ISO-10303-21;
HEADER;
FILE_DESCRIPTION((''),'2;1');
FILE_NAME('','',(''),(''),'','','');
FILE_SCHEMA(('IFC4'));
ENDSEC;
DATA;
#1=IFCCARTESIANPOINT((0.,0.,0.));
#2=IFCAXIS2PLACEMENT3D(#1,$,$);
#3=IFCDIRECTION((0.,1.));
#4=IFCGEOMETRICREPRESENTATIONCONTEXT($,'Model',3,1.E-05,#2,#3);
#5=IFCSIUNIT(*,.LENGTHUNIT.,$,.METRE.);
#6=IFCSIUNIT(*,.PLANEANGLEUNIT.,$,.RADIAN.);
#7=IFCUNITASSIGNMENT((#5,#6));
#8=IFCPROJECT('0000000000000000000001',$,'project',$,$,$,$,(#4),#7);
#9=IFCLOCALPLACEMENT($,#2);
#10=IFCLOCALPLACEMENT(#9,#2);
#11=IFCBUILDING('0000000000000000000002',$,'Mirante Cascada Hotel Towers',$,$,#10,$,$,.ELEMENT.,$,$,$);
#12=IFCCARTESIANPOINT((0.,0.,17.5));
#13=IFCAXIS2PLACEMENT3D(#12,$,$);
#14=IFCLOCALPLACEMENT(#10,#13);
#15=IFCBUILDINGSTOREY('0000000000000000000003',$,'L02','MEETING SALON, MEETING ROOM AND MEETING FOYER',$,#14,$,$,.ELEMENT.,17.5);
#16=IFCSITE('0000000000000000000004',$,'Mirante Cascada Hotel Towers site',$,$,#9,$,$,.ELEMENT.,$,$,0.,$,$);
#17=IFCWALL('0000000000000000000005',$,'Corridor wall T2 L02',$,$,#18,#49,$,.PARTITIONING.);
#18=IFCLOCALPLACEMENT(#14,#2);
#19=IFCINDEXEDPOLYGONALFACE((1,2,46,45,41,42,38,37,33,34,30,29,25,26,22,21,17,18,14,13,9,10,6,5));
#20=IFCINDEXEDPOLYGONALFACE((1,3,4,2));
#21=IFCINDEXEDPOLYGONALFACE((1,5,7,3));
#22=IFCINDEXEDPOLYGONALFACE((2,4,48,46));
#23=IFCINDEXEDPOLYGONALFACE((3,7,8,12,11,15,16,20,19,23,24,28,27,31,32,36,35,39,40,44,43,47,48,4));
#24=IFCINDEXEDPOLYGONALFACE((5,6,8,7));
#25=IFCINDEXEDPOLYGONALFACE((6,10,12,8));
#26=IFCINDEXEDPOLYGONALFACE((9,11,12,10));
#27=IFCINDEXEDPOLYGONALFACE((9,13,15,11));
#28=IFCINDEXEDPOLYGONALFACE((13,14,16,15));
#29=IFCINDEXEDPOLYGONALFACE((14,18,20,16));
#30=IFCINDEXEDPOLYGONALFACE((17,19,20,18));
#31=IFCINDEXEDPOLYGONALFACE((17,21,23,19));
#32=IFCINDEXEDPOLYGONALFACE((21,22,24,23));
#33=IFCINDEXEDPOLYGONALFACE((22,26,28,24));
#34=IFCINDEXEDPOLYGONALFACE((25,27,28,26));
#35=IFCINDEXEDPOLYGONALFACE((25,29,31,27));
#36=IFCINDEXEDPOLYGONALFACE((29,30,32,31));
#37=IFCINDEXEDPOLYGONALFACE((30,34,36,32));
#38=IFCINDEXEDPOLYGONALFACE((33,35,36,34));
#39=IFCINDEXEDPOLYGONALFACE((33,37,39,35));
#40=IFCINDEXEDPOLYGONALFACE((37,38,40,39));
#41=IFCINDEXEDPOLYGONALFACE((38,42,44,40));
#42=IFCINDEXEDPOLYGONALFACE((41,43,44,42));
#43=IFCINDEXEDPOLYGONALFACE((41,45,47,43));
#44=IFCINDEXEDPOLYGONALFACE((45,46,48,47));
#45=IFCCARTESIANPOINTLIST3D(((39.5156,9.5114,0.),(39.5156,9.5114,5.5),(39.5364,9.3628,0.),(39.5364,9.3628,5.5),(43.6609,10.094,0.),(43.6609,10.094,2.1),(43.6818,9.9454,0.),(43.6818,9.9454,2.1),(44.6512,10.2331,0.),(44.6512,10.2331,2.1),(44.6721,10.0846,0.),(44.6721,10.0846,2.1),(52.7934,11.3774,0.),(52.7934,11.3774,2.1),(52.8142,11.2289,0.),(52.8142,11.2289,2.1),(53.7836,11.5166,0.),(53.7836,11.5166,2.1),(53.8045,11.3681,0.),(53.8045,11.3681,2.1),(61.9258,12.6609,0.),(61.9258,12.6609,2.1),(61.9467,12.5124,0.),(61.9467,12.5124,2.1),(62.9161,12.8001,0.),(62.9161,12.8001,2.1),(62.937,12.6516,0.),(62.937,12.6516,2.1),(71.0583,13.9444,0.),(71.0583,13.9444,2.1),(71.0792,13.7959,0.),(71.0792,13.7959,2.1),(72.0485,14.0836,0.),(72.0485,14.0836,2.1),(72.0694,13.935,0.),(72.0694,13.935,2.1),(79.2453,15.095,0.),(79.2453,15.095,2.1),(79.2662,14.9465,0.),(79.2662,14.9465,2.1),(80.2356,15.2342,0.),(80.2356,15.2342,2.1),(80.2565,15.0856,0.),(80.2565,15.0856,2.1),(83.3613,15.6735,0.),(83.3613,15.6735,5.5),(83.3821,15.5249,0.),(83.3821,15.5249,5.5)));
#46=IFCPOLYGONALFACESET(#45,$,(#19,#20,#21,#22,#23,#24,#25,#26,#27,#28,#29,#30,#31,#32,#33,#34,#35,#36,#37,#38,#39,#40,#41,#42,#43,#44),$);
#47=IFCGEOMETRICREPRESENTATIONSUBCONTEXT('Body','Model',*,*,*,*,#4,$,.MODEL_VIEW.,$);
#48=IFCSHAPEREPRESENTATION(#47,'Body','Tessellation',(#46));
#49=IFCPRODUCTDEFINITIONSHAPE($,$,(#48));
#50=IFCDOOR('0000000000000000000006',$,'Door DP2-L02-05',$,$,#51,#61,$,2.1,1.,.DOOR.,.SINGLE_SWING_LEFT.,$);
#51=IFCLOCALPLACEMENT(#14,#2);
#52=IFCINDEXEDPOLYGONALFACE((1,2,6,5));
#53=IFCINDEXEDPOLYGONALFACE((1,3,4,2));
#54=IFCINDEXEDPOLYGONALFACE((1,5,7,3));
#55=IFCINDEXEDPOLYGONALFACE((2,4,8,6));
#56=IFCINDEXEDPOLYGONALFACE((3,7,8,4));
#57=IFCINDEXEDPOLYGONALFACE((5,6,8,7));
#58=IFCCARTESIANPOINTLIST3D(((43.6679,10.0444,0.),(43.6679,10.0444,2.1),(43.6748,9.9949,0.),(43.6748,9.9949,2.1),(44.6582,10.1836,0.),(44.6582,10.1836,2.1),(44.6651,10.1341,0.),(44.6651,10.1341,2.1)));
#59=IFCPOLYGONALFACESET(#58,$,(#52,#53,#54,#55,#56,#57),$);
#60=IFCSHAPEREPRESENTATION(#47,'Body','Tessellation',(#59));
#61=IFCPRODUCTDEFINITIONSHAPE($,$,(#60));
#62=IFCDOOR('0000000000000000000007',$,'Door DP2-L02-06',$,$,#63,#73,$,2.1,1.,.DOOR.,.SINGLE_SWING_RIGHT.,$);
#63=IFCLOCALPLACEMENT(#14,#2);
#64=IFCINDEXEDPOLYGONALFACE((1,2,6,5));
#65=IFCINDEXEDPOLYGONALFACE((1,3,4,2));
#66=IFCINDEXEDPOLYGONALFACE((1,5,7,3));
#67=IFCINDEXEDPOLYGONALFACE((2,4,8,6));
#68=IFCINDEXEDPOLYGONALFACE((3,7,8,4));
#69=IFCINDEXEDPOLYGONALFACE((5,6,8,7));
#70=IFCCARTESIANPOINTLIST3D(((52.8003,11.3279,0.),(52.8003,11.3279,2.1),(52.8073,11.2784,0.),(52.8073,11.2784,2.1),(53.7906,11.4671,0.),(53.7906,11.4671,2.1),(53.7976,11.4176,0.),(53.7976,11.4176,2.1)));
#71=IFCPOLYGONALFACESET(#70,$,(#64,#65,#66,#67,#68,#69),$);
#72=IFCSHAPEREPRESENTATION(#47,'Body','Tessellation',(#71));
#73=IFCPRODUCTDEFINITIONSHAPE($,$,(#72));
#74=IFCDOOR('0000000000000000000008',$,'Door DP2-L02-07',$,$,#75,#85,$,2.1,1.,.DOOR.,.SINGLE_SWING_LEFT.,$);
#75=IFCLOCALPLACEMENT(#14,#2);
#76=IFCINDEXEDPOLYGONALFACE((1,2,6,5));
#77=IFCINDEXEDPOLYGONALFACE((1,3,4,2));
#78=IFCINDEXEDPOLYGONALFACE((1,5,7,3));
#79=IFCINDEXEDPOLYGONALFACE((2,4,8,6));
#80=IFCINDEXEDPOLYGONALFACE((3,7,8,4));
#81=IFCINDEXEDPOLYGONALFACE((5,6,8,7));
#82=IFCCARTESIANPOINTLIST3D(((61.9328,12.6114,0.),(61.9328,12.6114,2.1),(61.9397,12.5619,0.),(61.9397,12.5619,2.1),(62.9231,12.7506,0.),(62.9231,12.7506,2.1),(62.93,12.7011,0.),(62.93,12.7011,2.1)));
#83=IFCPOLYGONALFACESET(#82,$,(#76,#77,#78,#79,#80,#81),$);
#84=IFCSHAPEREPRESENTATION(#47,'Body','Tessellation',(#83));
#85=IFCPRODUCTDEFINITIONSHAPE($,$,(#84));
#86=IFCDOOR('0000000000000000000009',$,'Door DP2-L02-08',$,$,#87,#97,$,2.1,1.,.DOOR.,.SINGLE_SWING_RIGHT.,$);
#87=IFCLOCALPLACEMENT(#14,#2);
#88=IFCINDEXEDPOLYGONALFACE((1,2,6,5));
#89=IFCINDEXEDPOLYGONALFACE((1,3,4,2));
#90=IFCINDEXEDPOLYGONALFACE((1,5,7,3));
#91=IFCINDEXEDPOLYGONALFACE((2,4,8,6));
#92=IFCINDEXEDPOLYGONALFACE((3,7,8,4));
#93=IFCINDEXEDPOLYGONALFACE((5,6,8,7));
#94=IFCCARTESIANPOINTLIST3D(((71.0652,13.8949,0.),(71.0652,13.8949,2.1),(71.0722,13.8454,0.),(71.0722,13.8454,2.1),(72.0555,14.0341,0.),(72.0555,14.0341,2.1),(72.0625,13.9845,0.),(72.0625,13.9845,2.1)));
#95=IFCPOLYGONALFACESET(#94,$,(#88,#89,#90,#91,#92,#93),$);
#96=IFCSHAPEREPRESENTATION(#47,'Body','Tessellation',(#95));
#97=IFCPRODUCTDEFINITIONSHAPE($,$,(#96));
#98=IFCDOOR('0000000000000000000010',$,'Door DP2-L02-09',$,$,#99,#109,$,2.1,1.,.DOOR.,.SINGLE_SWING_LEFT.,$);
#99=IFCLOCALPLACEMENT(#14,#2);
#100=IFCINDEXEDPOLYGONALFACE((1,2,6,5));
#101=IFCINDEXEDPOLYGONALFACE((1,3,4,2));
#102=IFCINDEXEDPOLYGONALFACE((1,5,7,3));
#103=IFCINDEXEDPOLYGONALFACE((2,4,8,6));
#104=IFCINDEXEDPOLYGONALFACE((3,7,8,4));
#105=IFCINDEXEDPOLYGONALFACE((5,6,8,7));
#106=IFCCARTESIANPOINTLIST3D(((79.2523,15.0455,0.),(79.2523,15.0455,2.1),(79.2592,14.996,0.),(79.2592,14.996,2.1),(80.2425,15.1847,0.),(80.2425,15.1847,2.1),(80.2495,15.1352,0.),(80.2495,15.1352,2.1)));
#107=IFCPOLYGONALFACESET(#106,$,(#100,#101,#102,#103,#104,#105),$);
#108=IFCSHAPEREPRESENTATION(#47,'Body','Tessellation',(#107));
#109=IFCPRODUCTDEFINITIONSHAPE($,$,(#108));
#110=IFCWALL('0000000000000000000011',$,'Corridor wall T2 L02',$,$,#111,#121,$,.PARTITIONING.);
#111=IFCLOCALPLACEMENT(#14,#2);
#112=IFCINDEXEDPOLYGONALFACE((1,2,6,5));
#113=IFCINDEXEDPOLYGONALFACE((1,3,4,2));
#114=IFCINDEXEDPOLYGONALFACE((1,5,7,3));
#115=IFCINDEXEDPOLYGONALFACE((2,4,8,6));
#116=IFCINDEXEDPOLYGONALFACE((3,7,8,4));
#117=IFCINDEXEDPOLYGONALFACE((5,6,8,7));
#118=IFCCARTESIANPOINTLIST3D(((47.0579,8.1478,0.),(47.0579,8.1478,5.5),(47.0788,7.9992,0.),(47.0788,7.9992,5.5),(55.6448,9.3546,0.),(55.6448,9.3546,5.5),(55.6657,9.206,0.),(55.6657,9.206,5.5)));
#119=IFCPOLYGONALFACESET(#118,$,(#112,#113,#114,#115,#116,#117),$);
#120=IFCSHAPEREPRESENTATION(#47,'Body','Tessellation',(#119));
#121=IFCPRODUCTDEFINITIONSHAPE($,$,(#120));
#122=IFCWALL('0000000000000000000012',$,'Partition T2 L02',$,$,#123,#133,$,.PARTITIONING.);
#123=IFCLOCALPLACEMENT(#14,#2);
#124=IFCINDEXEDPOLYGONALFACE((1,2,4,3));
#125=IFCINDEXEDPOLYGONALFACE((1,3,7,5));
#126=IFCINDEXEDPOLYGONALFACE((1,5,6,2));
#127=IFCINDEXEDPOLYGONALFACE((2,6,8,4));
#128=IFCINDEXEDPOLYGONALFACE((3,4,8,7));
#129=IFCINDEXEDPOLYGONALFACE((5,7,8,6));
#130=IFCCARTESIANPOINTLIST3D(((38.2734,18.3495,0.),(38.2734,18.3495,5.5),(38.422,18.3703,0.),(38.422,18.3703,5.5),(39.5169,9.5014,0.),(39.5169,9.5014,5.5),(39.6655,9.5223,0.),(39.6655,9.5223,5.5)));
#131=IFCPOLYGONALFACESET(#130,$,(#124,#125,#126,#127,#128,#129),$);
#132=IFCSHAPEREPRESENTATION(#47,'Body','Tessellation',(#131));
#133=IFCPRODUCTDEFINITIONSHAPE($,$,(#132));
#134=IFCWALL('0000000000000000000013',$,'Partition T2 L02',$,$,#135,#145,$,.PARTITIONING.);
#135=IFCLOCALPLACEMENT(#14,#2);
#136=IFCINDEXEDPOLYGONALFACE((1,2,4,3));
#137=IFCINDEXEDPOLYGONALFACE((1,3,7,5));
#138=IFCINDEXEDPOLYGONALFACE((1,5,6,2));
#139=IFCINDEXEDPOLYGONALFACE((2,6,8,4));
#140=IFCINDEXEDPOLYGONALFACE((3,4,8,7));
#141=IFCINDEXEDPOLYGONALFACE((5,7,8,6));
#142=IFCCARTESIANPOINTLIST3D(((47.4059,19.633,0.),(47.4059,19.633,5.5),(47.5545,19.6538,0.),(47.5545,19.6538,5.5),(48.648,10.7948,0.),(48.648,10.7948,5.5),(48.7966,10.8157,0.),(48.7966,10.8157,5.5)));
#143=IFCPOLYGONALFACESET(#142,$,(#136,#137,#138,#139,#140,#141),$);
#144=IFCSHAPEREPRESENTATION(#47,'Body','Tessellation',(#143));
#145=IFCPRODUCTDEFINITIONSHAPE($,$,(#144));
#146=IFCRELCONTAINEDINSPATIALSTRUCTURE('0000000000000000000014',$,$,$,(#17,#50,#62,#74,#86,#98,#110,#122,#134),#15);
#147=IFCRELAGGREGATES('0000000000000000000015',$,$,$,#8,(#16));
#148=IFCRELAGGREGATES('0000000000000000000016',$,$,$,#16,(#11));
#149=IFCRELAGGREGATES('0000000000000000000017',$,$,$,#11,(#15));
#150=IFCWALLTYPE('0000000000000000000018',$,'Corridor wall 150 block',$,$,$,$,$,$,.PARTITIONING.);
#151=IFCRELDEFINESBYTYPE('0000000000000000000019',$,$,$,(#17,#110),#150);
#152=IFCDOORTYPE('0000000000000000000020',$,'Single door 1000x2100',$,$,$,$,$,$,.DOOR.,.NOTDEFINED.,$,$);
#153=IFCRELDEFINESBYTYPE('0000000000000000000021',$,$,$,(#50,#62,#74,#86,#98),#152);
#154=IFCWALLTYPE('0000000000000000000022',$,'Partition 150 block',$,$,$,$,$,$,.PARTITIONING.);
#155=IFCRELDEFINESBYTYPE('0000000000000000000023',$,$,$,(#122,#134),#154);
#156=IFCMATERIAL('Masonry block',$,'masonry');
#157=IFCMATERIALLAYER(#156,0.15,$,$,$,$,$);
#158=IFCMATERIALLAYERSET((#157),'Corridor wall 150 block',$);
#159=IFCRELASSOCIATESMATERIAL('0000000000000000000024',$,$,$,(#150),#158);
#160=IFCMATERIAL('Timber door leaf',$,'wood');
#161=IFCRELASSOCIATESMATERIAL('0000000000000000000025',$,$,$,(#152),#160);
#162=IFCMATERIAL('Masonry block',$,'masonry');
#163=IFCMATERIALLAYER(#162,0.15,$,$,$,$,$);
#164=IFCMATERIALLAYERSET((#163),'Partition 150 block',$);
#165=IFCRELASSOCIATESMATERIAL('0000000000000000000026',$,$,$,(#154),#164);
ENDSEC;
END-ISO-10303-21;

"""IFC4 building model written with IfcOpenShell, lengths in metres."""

from ifc_helpers import new_model, si_unit, direction, frame, frame_2d, origin, place, context, subcontext, project, spatial, rectangle, extrude, material, layer, layer_set, type_object, element, fill, save


model = new_model("IFC4")

# Units and contexts
model_context = context("Model", 3, precision=1e-05, world=origin(), true_north=direction((0.0, 1.0)))
body_context = subcontext(model_context, "Body", "Model", "MODEL_VIEW")
ifc_project = project(units=[si_unit("LENGTHUNIT", "METRE"), si_unit("PLANEANGLEUNIT", "RADIAN")], contexts=[model_context])

# Site, building, storey
site_placement = place(None, origin())
site = spatial("IfcSite", under=ifc_project, at=site_placement, Name="Mirante Cascada Hotel Towers site", CompositionType="ELEMENT", RefElevation=0.0)
building_placement = place(site_placement, origin())
building = spatial("IfcBuilding", under=site, at=building_placement, Name="Mirante Cascada Hotel Towers", CompositionType="ELEMENT")
storey_placement = place(building_placement, frame((0.0, 0.0, 17.5)))
storey = spatial("IfcBuildingStorey", under=building, at=storey_placement, Name="L02", Description="MEETING SALON, MEETING ROOM AND MEETING FOYER", CompositionType="ELEMENT", Elevation=17.5)

# Shared definitions
ifc_material_1 = material(Name="Masonry block", Category="masonry")
ifc_layer_1 = layer(ifc_material_1, 0.15)
ifc_layer_set_1 = layer_set([ifc_layer_1], Name="Corridor wall 150 block")
wall_type_1 = type_object("IfcWallType", Name="Corridor wall 150 block", PredefinedType="PARTITIONING", material=ifc_layer_set_1)
ifc_material_2 = material(Name="Timber door leaf", Category="wood")
door_type = type_object("IfcDoorType", Name="Single door 1000x2100", OperationType="NOTDEFINED", PredefinedType="DOOR", material=ifc_material_2)

# Wall, openings, doors
wall_1_placement = place(storey_placement, frame((39.526, 9.4371, 0.0), z_axis=(0.0, 0.0, 1.0), x_axis=(0.990268, 0.139173, 0.0)))
wall_1 = element("IfcWall", 1, at=wall_1_placement, inside=storey, type_object=wall_type_1, Name="Corridor wall T2 L02", PredefinedType="PARTITIONING", context=body_context, shape_type="SweptSolid", body=[
    extrude(rectangle(XDim=44.2766, YDim=0.15, at=frame_2d((22.1383, 0.0))), origin(), (0.0, 0.0, 1.0), 5.5),
])
opening_1_placement = place(wall_1_placement, frame((4.1861, 0.0, 0.0)))
opening_1 = element("IfcOpeningElement", 2, at=opening_1_placement, cuts=wall_1, PredefinedType="OPENING", context=body_context, shape_type="SweptSolid", body=[
    extrude(rectangle(XDim=1.0, YDim=2.1, at=frame_2d((0.5, 1.05))), frame((0.0, 0.075, 0.0), z_axis=(0.0, -1.0, 0.0), x_axis=(1.0, 0.0, 0.0)), (0.0, 0.0, 1.0), 0.15),
])
opening_2_placement = place(wall_1_placement, frame((13.4083, 0.0, 0.0)))
opening_2 = element("IfcOpeningElement", 3, at=opening_2_placement, cuts=wall_1, PredefinedType="OPENING", context=body_context, shape_type="SweptSolid", body=[
    extrude(rectangle(XDim=1.0, YDim=2.1, at=frame_2d((0.5, 1.05))), frame((0.0, 0.075, 0.0), z_axis=(0.0, -1.0, 0.0), x_axis=(1.0, 0.0, 0.0)), (0.0, 0.0, 1.0), 0.15),
])
opening_3_placement = place(wall_1_placement, frame((22.6305, 0.0, 0.0)))
opening_3 = element("IfcOpeningElement", 4, at=opening_3_placement, cuts=wall_1, PredefinedType="OPENING", context=body_context, shape_type="SweptSolid", body=[
    extrude(rectangle(XDim=1.0, YDim=2.1, at=frame_2d((0.5, 1.05))), frame((0.0, 0.075, 0.0), z_axis=(0.0, -1.0, 0.0), x_axis=(1.0, 0.0, 0.0)), (0.0, 0.0, 1.0), 0.15),
])
opening_4_placement = place(wall_1_placement, frame((31.8527, 0.0, 0.0)))
opening_4 = element("IfcOpeningElement", 5, at=opening_4_placement, cuts=wall_1, PredefinedType="OPENING", context=body_context, shape_type="SweptSolid", body=[
    extrude(rectangle(XDim=1.0, YDim=2.1, at=frame_2d((0.5, 1.05))), frame((0.0, 0.075, 0.0), z_axis=(0.0, -1.0, 0.0), x_axis=(1.0, 0.0, 0.0)), (0.0, 0.0, 1.0), 0.15),
])
opening_5_placement = place(wall_1_placement, frame((40.1202, 0.0, 0.0)))
opening_5 = element("IfcOpeningElement", 6, at=opening_5_placement, cuts=wall_1, PredefinedType="OPENING", context=body_context, shape_type="SweptSolid", body=[
    extrude(rectangle(XDim=1.0, YDim=2.1, at=frame_2d((0.5, 1.05))), frame((0.0, 0.075, 0.0), z_axis=(0.0, -1.0, 0.0), x_axis=(1.0, 0.0, 0.0)), (0.0, 0.0, 1.0), 0.15),
])
door_1_placement = place(opening_1_placement, frame((1.0, 0.0, 0.0), z_axis=(0.0, 0.0, 1.0), x_axis=(-1.0, 0.0, 0.0)))
door_1 = element("IfcDoor", 7, at=door_1_placement, inside=storey, type_object=door_type, Name="Door DP2-L02-05", OperationType="SINGLE_SWING_LEFT", OverallHeight=2.1, OverallWidth=1.0, PredefinedType="DOOR", context=body_context, shape_type="SweptSolid", body=[
    extrude(rectangle(XDim=1.0, YDim=2.1, at=frame_2d((0.5, 1.05))), frame((0.0, 0.025, 0.0), z_axis=(0.0, -1.0, 0.0), x_axis=(1.0, 0.0, 0.0)), (0.0, 0.0, 1.0), 0.05),
])
fill(opening_1, door_1)
door_2_placement = place(opening_2_placement, origin())
door_2 = element("IfcDoor", 8, at=door_2_placement, inside=storey, type_object=door_type, Name="Door DP2-L02-06", OperationType="SINGLE_SWING_RIGHT", OverallHeight=2.1, OverallWidth=1.0, PredefinedType="DOOR", context=body_context, shape_type="SweptSolid", body=[
    extrude(rectangle(XDim=1.0, YDim=2.1, at=frame_2d((0.5, 1.05))), frame((0.0, 0.025, 0.0), z_axis=(0.0, -1.0, 0.0), x_axis=(1.0, 0.0, 0.0)), (0.0, 0.0, 1.0), 0.05),
])
fill(opening_2, door_2)
door_3_placement = place(opening_3_placement, origin())
door_3 = element("IfcDoor", 9, at=door_3_placement, inside=storey, type_object=door_type, Name="Door DP2-L02-07", OperationType="SINGLE_SWING_LEFT", OverallHeight=2.1, OverallWidth=1.0, PredefinedType="DOOR", context=body_context, shape_type="SweptSolid", body=[
    extrude(rectangle(XDim=1.0, YDim=2.1, at=frame_2d((0.5, 1.05))), frame((0.0, 0.025, 0.0), z_axis=(0.0, -1.0, 0.0), x_axis=(1.0, 0.0, 0.0)), (0.0, 0.0, 1.0), 0.05),
])
fill(opening_3, door_3)
door_4_placement = place(opening_4_placement, frame((1.0, 0.0, 0.0), z_axis=(0.0, 0.0, 1.0), x_axis=(-1.0, 0.0, 0.0)))
door_4 = element("IfcDoor", 10, at=door_4_placement, inside=storey, type_object=door_type, Name="Door DP2-L02-08", OperationType="SINGLE_SWING_RIGHT", OverallHeight=2.1, OverallWidth=1.0, PredefinedType="DOOR", context=body_context, shape_type="SweptSolid", body=[
    extrude(rectangle(XDim=1.0, YDim=2.1, at=frame_2d((0.5, 1.05))), frame((0.0, 0.025, 0.0), z_axis=(0.0, -1.0, 0.0), x_axis=(1.0, 0.0, 0.0)), (0.0, 0.0, 1.0), 0.05),
])
fill(opening_4, door_4)
door_5_placement = place(opening_5_placement, origin())
door_5 = element("IfcDoor", 11, at=door_5_placement, inside=storey, type_object=door_type, Name="Door DP2-L02-09", OperationType="SINGLE_SWING_LEFT", OverallHeight=2.1, OverallWidth=1.0, PredefinedType="DOOR", context=body_context, shape_type="SweptSolid", body=[
    extrude(rectangle(XDim=1.0, YDim=2.1, at=frame_2d((0.5, 1.05))), frame((0.0, 0.025, 0.0), z_axis=(0.0, -1.0, 0.0), x_axis=(1.0, 0.0, 0.0)), (0.0, 0.0, 1.0), 0.05),
])
fill(opening_5, door_5)

# Walls
wall_2_placement = place(storey_placement, frame((47.0684, 8.0735, 0.0), z_axis=(0.0, 0.0, 1.0), x_axis=(0.990268, 0.139172, 0.0)))
element("IfcWall", 12, at=wall_2_placement, inside=storey, type_object=wall_type_1, Name="Corridor wall T2 L02", PredefinedType="PARTITIONING", context=body_context, shape_type="SweptSolid", body=[
    extrude(rectangle(XDim=8.6713, YDim=0.15, at=frame_2d((4.3356, 0.0))), origin(), (0.0, 0.0, 1.0), 5.5),
])
ifc_material_3 = material(Name="Masonry block", Category="masonry")
ifc_layer_2 = layer(ifc_material_3, 0.15)
ifc_layer_set_2 = layer_set([ifc_layer_2], Name="Partition 150 block")
wall_type_2 = type_object("IfcWallType", Name="Partition 150 block", PredefinedType="PARTITIONING", material=ifc_layer_set_2)
wall_3_placement = place(storey_placement, frame((38.3477, 18.3599, 0.0), z_axis=(0.0, 0.0, 1.0), x_axis=(0.139173, -0.990268, 0.0)))
element("IfcWall", 13, at=wall_3_placement, inside=storey, type_object=wall_type_2, Name="Partition T2 L02", PredefinedType="PARTITIONING", context=body_context, shape_type="SweptSolid", body=[
    extrude(rectangle(XDim=8.935, YDim=0.15, at=frame_2d((4.4675, 0.0))), origin(), (0.0, 0.0, 1.0), 5.5),
])
wall_4_placement = place(storey_placement, frame((47.4802, 19.6434, 0.0), z_axis=(0.0, 0.0, 1.0), x_axis=(0.139172, -0.990268, 0.0)))
element("IfcWall", 14, at=wall_4_placement, inside=storey, type_object=wall_type_2, Name="Partition T2 L02", PredefinedType="PARTITIONING", context=body_context, shape_type="SweptSolid", body=[
    extrude(rectangle(XDim=8.925, YDim=0.15, at=frame_2d((4.4625, 0.0))), origin(), (0.0, 0.0, 1.0), 5.5),
])

save(model, "model.ifc")
